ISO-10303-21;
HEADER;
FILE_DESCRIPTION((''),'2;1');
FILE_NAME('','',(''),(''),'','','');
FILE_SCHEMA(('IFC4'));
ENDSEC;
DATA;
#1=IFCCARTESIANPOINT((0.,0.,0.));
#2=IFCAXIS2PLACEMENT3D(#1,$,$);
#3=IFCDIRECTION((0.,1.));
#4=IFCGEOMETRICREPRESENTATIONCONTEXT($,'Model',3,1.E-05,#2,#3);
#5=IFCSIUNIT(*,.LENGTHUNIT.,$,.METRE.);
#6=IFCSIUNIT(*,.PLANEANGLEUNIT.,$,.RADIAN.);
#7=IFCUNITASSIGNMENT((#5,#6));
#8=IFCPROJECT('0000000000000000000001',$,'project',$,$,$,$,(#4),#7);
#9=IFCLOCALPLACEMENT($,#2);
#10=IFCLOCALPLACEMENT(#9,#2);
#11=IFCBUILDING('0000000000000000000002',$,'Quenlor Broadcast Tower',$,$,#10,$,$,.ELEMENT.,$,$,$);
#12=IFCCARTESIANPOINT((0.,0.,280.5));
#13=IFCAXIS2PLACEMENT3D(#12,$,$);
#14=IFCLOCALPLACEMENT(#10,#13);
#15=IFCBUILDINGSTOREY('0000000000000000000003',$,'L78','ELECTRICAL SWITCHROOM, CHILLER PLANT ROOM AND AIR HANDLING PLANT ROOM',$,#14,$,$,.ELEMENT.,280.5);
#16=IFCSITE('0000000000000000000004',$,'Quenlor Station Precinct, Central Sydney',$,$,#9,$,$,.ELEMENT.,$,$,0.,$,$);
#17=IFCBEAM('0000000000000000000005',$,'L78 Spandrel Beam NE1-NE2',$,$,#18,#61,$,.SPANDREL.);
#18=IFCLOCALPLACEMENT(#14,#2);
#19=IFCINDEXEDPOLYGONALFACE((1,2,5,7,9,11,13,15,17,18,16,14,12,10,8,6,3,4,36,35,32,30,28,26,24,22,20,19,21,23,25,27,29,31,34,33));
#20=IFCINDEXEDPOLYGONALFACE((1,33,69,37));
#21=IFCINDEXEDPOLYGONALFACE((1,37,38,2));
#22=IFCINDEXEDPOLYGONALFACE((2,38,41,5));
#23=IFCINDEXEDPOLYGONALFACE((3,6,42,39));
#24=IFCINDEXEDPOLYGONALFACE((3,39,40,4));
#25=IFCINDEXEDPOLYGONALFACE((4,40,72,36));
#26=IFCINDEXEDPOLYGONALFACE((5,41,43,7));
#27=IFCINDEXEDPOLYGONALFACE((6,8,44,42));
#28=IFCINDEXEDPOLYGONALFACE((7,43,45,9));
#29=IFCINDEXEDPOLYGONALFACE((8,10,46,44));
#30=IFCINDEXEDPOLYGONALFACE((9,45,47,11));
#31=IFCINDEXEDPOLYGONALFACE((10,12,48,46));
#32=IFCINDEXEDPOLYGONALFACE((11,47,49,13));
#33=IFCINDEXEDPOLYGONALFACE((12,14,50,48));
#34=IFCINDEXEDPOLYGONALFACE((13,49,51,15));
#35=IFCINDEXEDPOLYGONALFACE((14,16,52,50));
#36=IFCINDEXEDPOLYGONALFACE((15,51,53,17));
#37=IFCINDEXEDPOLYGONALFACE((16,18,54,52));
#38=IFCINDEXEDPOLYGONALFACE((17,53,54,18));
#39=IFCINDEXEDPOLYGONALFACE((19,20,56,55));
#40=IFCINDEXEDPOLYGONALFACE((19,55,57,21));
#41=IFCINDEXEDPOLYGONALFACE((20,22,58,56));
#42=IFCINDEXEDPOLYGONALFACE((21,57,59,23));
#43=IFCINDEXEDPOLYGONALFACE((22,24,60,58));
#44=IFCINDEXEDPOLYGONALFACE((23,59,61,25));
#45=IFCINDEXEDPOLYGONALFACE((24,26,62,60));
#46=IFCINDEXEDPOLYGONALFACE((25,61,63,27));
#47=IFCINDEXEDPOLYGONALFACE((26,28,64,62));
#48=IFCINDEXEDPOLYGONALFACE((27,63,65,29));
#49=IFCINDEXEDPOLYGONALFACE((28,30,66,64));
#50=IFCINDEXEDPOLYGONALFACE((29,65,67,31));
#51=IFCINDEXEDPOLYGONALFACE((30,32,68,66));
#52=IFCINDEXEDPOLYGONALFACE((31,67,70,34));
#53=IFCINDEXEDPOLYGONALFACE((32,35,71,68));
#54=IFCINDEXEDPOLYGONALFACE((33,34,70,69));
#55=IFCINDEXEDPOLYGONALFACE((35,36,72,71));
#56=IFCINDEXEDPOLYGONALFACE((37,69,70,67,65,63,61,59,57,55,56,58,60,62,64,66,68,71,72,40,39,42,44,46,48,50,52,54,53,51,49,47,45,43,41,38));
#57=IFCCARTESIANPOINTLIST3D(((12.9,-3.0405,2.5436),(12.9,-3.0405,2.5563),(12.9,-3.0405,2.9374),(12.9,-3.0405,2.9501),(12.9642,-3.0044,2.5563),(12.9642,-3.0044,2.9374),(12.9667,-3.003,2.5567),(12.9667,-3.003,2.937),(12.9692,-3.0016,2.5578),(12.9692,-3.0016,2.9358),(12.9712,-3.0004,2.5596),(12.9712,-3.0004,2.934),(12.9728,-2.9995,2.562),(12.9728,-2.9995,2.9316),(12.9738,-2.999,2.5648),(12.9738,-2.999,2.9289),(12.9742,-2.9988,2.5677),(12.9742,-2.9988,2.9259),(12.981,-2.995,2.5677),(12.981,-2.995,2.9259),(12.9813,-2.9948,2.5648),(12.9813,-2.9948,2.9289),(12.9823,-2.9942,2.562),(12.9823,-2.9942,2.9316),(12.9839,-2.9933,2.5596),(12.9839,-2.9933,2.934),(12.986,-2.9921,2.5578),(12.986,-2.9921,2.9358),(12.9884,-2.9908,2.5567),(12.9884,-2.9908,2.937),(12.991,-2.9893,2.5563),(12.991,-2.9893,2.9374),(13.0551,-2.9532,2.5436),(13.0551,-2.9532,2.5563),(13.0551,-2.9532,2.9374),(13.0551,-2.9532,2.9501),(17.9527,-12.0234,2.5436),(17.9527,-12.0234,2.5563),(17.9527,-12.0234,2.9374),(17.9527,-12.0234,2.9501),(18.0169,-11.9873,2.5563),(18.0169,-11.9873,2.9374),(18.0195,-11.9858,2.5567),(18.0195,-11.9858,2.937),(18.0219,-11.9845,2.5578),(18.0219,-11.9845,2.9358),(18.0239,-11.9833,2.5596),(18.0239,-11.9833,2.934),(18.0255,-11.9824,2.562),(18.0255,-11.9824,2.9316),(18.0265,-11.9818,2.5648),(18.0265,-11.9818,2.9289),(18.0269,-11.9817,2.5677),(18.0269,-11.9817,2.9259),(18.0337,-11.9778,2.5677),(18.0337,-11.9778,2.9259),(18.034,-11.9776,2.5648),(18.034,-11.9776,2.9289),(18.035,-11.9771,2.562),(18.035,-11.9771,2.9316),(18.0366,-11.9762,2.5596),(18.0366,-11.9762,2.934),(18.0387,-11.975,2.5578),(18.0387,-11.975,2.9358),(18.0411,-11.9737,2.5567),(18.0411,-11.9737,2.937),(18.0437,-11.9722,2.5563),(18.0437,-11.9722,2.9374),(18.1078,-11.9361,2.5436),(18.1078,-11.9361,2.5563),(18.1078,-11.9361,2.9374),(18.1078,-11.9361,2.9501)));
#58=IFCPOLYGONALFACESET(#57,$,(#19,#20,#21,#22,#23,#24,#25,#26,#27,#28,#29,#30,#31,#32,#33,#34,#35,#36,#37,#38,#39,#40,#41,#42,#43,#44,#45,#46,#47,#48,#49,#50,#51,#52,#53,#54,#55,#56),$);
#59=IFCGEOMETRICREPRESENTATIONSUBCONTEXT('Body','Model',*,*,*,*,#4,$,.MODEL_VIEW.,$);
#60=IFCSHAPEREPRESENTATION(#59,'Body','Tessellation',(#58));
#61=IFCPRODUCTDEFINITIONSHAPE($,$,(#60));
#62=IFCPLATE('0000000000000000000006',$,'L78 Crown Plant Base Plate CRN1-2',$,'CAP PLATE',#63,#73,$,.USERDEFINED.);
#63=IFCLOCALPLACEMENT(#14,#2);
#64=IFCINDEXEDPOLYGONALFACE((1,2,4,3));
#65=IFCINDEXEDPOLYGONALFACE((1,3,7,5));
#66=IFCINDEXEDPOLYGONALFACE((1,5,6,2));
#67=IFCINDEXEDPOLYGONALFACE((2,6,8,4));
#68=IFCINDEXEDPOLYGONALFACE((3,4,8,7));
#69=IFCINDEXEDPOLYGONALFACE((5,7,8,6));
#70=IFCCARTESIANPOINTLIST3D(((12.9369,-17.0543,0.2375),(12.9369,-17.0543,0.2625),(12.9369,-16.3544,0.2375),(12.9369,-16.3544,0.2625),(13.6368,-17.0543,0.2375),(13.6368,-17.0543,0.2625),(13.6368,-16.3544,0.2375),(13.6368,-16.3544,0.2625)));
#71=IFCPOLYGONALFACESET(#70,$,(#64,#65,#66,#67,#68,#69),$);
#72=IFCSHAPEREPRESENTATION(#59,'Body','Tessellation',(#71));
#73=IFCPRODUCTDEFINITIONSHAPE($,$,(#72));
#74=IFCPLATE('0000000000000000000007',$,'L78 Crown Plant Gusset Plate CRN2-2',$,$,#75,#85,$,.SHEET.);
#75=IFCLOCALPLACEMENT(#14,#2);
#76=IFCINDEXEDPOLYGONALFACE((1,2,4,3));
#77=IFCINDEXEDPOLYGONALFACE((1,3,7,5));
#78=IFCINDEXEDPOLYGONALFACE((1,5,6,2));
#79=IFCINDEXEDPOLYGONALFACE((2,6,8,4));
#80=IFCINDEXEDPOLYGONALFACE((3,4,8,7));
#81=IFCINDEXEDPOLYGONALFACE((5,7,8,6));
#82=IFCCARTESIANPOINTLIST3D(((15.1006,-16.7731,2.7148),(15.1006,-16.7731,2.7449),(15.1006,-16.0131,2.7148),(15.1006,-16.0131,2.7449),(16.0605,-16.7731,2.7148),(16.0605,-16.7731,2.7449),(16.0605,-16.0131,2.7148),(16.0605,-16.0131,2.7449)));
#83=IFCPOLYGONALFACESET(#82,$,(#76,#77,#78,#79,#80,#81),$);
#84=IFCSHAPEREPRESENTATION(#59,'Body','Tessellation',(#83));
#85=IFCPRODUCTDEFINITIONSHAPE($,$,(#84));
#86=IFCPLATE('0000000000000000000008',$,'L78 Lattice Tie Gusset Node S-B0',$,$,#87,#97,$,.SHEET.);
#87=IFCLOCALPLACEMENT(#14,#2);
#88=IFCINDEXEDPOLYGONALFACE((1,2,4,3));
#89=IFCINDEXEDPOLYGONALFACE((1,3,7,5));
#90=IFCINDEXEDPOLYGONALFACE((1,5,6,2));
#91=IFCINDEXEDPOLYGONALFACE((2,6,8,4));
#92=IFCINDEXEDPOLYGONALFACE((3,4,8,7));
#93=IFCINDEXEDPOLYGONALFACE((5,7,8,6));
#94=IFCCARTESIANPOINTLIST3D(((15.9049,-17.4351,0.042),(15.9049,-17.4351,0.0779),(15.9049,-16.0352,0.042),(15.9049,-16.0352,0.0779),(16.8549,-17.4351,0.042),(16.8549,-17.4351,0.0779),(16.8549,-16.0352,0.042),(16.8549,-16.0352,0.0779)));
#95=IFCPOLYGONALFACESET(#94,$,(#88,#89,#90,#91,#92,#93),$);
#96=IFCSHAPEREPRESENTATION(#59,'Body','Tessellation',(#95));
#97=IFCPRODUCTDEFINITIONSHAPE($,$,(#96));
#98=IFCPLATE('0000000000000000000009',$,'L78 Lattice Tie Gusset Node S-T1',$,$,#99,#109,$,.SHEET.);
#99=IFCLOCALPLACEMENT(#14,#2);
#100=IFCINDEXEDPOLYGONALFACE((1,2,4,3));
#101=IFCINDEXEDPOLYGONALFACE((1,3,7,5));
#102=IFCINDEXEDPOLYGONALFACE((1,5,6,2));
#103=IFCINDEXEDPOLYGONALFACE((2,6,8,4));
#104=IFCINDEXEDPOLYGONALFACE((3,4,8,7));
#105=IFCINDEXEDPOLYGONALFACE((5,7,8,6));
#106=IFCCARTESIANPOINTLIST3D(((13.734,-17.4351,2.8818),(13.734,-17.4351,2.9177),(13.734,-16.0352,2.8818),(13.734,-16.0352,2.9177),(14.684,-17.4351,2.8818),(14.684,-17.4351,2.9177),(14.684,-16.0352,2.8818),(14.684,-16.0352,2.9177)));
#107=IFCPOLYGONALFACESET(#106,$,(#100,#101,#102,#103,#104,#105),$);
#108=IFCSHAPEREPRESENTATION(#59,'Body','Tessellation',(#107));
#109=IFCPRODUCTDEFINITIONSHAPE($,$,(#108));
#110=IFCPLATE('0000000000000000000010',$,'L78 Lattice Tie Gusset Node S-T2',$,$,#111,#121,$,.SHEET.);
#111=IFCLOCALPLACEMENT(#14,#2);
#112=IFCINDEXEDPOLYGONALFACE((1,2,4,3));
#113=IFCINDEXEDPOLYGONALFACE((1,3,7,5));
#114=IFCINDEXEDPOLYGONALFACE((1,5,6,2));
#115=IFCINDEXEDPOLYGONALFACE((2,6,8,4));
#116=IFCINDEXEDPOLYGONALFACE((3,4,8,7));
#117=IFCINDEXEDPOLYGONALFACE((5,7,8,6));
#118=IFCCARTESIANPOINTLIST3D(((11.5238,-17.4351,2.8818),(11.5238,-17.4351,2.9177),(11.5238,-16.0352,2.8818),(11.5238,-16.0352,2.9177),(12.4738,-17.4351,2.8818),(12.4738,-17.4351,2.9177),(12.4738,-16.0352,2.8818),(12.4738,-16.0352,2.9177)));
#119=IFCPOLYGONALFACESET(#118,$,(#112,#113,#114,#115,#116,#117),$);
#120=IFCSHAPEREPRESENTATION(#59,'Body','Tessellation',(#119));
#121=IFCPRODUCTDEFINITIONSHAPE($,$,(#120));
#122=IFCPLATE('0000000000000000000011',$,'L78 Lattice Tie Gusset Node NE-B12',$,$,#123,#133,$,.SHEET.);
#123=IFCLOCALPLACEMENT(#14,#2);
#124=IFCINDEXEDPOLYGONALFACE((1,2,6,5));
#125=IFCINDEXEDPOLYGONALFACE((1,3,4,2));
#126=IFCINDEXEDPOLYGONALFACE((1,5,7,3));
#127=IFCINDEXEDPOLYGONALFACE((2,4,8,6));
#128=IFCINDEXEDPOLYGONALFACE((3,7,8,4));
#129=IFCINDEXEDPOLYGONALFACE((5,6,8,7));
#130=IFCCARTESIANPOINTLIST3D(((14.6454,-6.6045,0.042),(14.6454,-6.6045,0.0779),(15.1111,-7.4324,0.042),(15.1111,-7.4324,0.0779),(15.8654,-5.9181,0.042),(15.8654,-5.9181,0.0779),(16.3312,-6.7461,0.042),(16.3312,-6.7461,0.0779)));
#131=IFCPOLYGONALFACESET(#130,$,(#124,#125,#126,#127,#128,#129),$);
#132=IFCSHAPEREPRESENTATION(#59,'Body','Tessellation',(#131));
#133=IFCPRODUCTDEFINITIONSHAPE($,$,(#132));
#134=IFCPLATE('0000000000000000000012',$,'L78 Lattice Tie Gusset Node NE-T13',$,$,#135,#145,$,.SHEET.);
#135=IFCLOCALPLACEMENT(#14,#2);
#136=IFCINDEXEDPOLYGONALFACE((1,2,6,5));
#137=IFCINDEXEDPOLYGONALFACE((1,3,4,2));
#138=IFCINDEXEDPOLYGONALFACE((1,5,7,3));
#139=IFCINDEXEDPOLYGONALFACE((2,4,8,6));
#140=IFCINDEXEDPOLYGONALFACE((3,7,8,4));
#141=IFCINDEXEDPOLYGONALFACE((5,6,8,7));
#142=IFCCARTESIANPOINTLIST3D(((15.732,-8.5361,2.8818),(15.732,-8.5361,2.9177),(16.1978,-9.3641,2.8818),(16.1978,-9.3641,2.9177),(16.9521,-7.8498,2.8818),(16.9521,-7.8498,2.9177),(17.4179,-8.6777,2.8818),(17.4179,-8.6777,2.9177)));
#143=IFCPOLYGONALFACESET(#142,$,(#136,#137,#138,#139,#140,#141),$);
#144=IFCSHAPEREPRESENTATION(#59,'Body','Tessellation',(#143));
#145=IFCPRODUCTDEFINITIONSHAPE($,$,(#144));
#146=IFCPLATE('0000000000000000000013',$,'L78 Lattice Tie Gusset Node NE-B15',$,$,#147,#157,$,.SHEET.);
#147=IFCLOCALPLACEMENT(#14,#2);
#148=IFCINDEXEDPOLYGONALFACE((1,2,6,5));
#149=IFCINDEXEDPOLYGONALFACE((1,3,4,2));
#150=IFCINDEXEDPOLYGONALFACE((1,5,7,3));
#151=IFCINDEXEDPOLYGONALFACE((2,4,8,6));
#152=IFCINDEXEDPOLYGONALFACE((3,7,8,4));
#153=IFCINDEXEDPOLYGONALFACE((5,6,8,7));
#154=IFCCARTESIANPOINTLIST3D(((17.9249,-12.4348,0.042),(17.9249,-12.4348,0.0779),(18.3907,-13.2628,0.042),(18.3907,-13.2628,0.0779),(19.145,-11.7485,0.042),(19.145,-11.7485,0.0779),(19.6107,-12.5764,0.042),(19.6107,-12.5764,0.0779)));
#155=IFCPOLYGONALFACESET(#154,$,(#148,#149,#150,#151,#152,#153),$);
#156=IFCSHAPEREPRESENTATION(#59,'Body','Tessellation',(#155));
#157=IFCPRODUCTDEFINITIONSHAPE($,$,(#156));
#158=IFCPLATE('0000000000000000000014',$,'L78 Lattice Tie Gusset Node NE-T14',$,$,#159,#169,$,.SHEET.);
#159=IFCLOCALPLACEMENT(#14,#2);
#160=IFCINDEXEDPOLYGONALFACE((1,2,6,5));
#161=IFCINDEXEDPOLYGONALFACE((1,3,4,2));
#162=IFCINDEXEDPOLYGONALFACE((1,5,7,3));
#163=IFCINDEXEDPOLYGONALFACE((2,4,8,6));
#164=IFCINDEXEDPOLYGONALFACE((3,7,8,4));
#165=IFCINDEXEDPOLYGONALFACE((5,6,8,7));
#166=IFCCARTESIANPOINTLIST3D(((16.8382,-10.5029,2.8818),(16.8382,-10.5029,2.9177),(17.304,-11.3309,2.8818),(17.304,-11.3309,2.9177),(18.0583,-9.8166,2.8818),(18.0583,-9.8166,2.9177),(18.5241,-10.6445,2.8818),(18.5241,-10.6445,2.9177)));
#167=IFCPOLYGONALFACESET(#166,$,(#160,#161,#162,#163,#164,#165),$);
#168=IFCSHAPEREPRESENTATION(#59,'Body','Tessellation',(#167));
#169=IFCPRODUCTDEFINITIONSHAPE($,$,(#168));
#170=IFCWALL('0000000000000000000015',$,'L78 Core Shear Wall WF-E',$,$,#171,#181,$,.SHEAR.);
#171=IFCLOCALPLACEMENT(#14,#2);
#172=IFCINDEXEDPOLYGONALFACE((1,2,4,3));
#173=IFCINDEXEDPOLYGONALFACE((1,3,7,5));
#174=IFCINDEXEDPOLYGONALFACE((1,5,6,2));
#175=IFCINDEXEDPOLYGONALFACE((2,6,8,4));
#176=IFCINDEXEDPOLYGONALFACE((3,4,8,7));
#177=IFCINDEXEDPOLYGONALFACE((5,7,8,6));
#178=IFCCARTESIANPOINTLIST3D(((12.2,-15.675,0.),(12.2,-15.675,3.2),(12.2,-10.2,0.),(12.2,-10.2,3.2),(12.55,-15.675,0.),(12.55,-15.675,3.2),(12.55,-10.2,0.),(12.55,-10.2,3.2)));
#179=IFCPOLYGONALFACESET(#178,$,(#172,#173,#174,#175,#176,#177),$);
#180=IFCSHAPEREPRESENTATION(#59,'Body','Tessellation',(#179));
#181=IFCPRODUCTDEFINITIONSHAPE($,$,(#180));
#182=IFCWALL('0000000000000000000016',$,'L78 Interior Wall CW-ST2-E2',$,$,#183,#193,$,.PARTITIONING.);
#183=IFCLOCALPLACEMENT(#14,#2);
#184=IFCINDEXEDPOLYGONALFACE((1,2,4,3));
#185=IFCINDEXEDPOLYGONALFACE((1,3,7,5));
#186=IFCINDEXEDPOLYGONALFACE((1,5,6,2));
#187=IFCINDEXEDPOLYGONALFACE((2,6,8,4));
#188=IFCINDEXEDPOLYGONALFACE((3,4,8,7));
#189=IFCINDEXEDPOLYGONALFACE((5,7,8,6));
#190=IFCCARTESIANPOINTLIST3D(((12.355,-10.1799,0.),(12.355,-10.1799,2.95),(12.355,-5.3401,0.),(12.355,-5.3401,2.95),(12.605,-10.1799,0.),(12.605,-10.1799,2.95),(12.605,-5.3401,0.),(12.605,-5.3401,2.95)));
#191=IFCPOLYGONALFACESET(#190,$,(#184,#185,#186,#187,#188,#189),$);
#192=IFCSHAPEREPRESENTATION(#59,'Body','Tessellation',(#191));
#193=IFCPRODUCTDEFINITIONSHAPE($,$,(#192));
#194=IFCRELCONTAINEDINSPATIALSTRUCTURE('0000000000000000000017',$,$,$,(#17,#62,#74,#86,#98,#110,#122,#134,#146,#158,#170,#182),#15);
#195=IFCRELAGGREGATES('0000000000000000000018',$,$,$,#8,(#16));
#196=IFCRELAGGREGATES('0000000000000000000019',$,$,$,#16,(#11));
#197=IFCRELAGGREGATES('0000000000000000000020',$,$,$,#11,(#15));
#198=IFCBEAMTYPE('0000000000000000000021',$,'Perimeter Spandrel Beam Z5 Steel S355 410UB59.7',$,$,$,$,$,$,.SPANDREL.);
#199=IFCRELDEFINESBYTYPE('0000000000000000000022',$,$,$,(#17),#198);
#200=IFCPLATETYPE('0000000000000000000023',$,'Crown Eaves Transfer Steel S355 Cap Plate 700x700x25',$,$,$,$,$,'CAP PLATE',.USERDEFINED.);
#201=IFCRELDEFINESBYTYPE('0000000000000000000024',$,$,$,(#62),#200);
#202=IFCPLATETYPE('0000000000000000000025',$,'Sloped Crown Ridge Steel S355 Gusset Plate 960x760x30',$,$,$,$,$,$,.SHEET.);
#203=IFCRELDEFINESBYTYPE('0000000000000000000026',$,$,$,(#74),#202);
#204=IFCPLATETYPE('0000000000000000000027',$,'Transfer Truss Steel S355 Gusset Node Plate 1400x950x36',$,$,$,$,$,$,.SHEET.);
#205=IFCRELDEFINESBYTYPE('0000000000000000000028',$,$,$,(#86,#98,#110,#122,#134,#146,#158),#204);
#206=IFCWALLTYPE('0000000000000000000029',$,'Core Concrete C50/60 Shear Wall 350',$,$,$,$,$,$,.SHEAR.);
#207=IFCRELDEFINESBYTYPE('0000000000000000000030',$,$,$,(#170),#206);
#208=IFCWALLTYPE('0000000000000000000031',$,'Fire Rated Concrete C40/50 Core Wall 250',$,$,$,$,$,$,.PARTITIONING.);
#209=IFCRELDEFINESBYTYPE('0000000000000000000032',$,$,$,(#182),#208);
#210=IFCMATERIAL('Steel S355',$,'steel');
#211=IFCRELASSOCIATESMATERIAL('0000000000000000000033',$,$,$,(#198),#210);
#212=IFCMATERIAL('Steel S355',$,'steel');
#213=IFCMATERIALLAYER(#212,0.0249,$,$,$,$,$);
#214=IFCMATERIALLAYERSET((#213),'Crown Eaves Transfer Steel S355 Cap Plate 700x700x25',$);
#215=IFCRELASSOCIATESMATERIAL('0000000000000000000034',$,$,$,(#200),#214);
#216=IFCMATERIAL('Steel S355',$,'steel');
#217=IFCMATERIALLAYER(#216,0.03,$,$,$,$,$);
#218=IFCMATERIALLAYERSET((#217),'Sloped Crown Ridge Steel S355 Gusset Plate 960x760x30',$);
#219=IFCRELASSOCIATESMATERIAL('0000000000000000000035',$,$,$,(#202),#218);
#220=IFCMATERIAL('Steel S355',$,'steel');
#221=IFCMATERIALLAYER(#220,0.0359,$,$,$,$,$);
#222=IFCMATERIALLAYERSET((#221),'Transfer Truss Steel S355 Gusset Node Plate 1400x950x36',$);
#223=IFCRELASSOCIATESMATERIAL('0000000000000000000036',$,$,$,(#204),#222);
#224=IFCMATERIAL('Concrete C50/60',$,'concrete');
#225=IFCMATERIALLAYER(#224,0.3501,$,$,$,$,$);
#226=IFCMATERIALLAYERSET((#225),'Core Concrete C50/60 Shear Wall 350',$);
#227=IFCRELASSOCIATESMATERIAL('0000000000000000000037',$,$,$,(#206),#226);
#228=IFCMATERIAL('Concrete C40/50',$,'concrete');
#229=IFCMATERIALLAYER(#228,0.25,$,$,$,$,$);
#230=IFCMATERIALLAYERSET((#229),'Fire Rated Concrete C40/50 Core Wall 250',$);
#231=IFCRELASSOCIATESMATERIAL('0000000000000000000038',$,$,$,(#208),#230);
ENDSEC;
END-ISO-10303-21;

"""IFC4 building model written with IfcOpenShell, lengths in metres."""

from ifc_helpers import new_model, si_unit, direction, frame, frame_2d, origin, origin_2d, place, context, subcontext, project, spatial, rectangle, i_section, extrude, material, layer, layer_set, material_profile, profile_set, type_object, element, save


model = new_model("IFC4")

# Units and contexts
model_context = context("Model", 3, precision=1e-05, world=origin(), true_north=direction((0.0, 1.0)))
body_context = subcontext(model_context, "Body", "Model", "MODEL_VIEW")
ifc_project = project(units=[si_unit("LENGTHUNIT", "METRE"), si_unit("PLANEANGLEUNIT", "RADIAN")], contexts=[model_context])

# Site, building, storey
site_placement = place(None, origin())
site = spatial("IfcSite", under=ifc_project, at=site_placement, Name="Quenlor Station Precinct, Central Sydney", CompositionType="ELEMENT", RefElevation=0.0)
building_placement = place(site_placement, origin())
building = spatial("IfcBuilding", under=site, at=building_placement, Name="Quenlor Broadcast Tower", CompositionType="ELEMENT")
storey_placement = place(building_placement, frame((0.0, 0.0, 280.5)))
storey = spatial("IfcBuildingStorey", under=building, at=storey_placement, Name="L78", Description="ELECTRICAL SWITCHROOM, CHILLER PLANT ROOM AND AIR HANDLING PLANT ROOM", CompositionType="ELEMENT", Elevation=280.5)

# Beam
ifc_material_1 = material(Name="Steel S355", Category="steel")
ifc_material_profile_1 = material_profile(ifc_material_1, i_section(OverallWidth=0.178, OverallDepth=0.4065, WebThickness=0.0078, FlangeThickness=0.0127, FilletRadius=0.0115, at=origin_2d()))
ifc_profile_set_1 = profile_set([ifc_material_profile_1], Name="Steel S355 410UB59.7")
beam_type_1 = type_object("IfcBeamType", Name="Perimeter Spandrel Beam Z5 Steel S355 410UB59.7", PredefinedType="SPANDREL", material=ifc_profile_set_1)
beam_1_placement = place(storey_placement, frame((18.0303, -11.9797, 2.7468), z_axis=(-0.49025, 0.871582, 0.0), x_axis=(-0.871582, -0.49025, 0.0)))
element("IfcBeam", 1, at=beam_1_placement, inside=storey, type_object=beam_type_1, Name="L78 Spandrel Beam NE1-NE2", PredefinedType="SPANDREL", context=body_context, shape_type="SweptSolid", body=[
    extrude(i_section(OverallWidth=0.178, OverallDepth=0.4065, WebThickness=0.0078, FlangeThickness=0.0127, FilletRadius=0.0115, at=origin_2d()), origin(), (0.0, 0.0, 1.0), 10.3064),
])

# Plates
ifc_material_2 = material(Name="Steel S355", Category="steel")
ifc_layer_1 = layer(ifc_material_2, 0.0249)
ifc_layer_set_1 = layer_set([ifc_layer_1], Name="Crown Eaves Transfer Steel S355 Cap Plate 700x700x25")
plate_type_1 = type_object("IfcPlateType", Name="Crown Eaves Transfer Steel S355 Cap Plate 700x700x25", ElementType="CAP PLATE", PredefinedType="USERDEFINED", material=ifc_layer_set_1)
plate_1_placement = place(storey_placement, frame((13.2869, -16.7043, 0.2375), z_axis=(0.0, 0.0, 1.0), x_axis=(1.0, 0.0, 0.0)))
element("IfcPlate", 2, at=plate_1_placement, inside=storey, type_object=plate_type_1, Name="L78 Crown Plant Base Plate CRN1-2", ObjectType="CAP PLATE", PredefinedType="USERDEFINED", context=body_context, shape_type="SweptSolid", body=[
    extrude(rectangle(XDim=0.7, YDim=0.7, at=origin_2d()), origin(), (0.0, 0.0, 1.0), 0.0249),
])
ifc_material_3 = material(Name="Steel S355", Category="steel")
ifc_layer_2 = layer(ifc_material_3, 0.03)
ifc_layer_set_2 = layer_set([ifc_layer_2], Name="Sloped Crown Ridge Steel S355 Gusset Plate 960x760x30")
plate_type_2 = type_object("IfcPlateType", Name="Sloped Crown Ridge Steel S355 Gusset Plate 960x760x30", PredefinedType="SHEET", material=ifc_layer_set_2)
plate_2_placement = place(storey_placement, frame((15.5806, -16.3931, 2.7148), z_axis=(0.0, 0.0, 1.0), x_axis=(1.0, 0.0, 0.0)))
element("IfcPlate", 3, at=plate_2_placement, inside=storey, type_object=plate_type_2, Name="L78 Crown Plant Gusset Plate CRN2-2", PredefinedType="SHEET", context=body_context, shape_type="SweptSolid", body=[
    extrude(rectangle(XDim=0.96, YDim=0.76, at=origin_2d()), origin(), (0.0, 0.0, 1.0), 0.03),
])
ifc_material_4 = material(Name="Steel S355", Category="steel")
ifc_layer_3 = layer(ifc_material_4, 0.0359)
ifc_layer_set_3 = layer_set([ifc_layer_3], Name="Transfer Truss Steel S355 Gusset Node Plate 1400x950x36")
plate_type_3 = type_object("IfcPlateType", Name="Transfer Truss Steel S355 Gusset Node Plate 1400x950x36", PredefinedType="SHEET", material=ifc_layer_set_3)
for number, where, z_axis, x_axis, name in (
    (4, (16.3799, -16.7351, 0.042), (0.0, 0.0, 1.0), (0.0, -1.0, 0.0), "L78 Lattice Tie Gusset Node S-B0"),
    (5, (14.209, -16.7351, 2.8818), (0.0, 0.0, 1.0), (0.0, -1.0, 0.0), "L78 Lattice Tie Gusset Node S-T1"),
    (6, (11.9988, -16.7351, 2.8818), (0.0, 0.0, 1.0), (0.0, -1.0, 0.0), "L78 Lattice Tie Gusset Node S-T2"),
    (7, (15.4883, -6.6753, 0.042), (0.0, 0.0, 1.0), (0.871556, 0.490295, 0.0), "L78 Lattice Tie Gusset Node NE-B12"),
    (8, (16.575, -8.6069, 2.8818), (0.0, 0.0, 1.0), (0.871556, 0.490295, 0.0), "L78 Lattice Tie Gusset Node NE-T13"),
    (9, (18.7678, -12.5056, 0.042), (0.0, 0.0, 1.0), (0.871556, 0.490295, 0.0), "L78 Lattice Tie Gusset Node NE-B15"),
    (10, (17.6812, -10.5737, 2.8818), (0.0, 0.0, 1.0), (0.871556, 0.490295, 0.0), "L78 Lattice Tie Gusset Node NE-T14"),
):
    element("IfcPlate", number, at=place(storey_placement, frame(where, z_axis=z_axis, x_axis=x_axis)), inside=storey, type_object=plate_type_3, Name=name, PredefinedType="SHEET", context=body_context, shape_type="SweptSolid", body=[
        extrude(rectangle(XDim=1.3999, YDim=0.95, at=origin_2d()), origin(), (0.0, 0.0, 1.0), 0.0359),
    ])

# Walls
ifc_material_5 = material(Name="Concrete C50/60", Category="concrete")
ifc_layer_4 = layer(ifc_material_5, 0.3501)
ifc_layer_set_4 = layer_set([ifc_layer_4], Name="Core Concrete C50/60 Shear Wall 350")
wall_type_1 = type_object("IfcWallType", Name="Core Concrete C50/60 Shear Wall 350", PredefinedType="SHEAR", material=ifc_layer_set_4)
wall_1_placement = place(storey_placement, frame((12.375, -15.675, 0.0), z_axis=(0.0, 0.0, 1.0), x_axis=(0.0, 1.0, 0.0)))
element("IfcWall", 11, at=wall_1_placement, inside=storey, type_object=wall_type_1, Name="L78 Core Shear Wall WF-E", PredefinedType="SHEAR", context=body_context, shape_type="SweptSolid", body=[
    extrude(rectangle(XDim=5.4751, YDim=0.3501, at=frame_2d((2.7375, 0.0))), origin(), (0.0, 0.0, 1.0), 3.2),
])
ifc_material_6 = material(Name="Concrete C40/50", Category="concrete")
ifc_layer_5 = layer(ifc_material_6, 0.25)
ifc_layer_set_5 = layer_set([ifc_layer_5], Name="Fire Rated Concrete C40/50 Core Wall 250")
wall_type_2 = type_object("IfcWallType", Name="Fire Rated Concrete C40/50 Core Wall 250", PredefinedType="PARTITIONING", material=ifc_layer_set_5)
wall_2_placement = place(storey_placement, frame((12.48, -10.1799, 0.0), z_axis=(0.0, 0.0, 1.0), x_axis=(0.0, 1.0, 0.0)))
element("IfcWall", 12, at=wall_2_placement, inside=storey, type_object=wall_type_2, Name="L78 Interior Wall CW-ST2-E2", PredefinedType="PARTITIONING", context=body_context, shape_type="SweptSolid", body=[
    extrude(rectangle(XDim=4.8398, YDim=0.25, at=frame_2d((2.4199, 0.0))), origin(), (0.0, 0.0, 1.0), 2.95),
])

save(model, "model.ifc")
